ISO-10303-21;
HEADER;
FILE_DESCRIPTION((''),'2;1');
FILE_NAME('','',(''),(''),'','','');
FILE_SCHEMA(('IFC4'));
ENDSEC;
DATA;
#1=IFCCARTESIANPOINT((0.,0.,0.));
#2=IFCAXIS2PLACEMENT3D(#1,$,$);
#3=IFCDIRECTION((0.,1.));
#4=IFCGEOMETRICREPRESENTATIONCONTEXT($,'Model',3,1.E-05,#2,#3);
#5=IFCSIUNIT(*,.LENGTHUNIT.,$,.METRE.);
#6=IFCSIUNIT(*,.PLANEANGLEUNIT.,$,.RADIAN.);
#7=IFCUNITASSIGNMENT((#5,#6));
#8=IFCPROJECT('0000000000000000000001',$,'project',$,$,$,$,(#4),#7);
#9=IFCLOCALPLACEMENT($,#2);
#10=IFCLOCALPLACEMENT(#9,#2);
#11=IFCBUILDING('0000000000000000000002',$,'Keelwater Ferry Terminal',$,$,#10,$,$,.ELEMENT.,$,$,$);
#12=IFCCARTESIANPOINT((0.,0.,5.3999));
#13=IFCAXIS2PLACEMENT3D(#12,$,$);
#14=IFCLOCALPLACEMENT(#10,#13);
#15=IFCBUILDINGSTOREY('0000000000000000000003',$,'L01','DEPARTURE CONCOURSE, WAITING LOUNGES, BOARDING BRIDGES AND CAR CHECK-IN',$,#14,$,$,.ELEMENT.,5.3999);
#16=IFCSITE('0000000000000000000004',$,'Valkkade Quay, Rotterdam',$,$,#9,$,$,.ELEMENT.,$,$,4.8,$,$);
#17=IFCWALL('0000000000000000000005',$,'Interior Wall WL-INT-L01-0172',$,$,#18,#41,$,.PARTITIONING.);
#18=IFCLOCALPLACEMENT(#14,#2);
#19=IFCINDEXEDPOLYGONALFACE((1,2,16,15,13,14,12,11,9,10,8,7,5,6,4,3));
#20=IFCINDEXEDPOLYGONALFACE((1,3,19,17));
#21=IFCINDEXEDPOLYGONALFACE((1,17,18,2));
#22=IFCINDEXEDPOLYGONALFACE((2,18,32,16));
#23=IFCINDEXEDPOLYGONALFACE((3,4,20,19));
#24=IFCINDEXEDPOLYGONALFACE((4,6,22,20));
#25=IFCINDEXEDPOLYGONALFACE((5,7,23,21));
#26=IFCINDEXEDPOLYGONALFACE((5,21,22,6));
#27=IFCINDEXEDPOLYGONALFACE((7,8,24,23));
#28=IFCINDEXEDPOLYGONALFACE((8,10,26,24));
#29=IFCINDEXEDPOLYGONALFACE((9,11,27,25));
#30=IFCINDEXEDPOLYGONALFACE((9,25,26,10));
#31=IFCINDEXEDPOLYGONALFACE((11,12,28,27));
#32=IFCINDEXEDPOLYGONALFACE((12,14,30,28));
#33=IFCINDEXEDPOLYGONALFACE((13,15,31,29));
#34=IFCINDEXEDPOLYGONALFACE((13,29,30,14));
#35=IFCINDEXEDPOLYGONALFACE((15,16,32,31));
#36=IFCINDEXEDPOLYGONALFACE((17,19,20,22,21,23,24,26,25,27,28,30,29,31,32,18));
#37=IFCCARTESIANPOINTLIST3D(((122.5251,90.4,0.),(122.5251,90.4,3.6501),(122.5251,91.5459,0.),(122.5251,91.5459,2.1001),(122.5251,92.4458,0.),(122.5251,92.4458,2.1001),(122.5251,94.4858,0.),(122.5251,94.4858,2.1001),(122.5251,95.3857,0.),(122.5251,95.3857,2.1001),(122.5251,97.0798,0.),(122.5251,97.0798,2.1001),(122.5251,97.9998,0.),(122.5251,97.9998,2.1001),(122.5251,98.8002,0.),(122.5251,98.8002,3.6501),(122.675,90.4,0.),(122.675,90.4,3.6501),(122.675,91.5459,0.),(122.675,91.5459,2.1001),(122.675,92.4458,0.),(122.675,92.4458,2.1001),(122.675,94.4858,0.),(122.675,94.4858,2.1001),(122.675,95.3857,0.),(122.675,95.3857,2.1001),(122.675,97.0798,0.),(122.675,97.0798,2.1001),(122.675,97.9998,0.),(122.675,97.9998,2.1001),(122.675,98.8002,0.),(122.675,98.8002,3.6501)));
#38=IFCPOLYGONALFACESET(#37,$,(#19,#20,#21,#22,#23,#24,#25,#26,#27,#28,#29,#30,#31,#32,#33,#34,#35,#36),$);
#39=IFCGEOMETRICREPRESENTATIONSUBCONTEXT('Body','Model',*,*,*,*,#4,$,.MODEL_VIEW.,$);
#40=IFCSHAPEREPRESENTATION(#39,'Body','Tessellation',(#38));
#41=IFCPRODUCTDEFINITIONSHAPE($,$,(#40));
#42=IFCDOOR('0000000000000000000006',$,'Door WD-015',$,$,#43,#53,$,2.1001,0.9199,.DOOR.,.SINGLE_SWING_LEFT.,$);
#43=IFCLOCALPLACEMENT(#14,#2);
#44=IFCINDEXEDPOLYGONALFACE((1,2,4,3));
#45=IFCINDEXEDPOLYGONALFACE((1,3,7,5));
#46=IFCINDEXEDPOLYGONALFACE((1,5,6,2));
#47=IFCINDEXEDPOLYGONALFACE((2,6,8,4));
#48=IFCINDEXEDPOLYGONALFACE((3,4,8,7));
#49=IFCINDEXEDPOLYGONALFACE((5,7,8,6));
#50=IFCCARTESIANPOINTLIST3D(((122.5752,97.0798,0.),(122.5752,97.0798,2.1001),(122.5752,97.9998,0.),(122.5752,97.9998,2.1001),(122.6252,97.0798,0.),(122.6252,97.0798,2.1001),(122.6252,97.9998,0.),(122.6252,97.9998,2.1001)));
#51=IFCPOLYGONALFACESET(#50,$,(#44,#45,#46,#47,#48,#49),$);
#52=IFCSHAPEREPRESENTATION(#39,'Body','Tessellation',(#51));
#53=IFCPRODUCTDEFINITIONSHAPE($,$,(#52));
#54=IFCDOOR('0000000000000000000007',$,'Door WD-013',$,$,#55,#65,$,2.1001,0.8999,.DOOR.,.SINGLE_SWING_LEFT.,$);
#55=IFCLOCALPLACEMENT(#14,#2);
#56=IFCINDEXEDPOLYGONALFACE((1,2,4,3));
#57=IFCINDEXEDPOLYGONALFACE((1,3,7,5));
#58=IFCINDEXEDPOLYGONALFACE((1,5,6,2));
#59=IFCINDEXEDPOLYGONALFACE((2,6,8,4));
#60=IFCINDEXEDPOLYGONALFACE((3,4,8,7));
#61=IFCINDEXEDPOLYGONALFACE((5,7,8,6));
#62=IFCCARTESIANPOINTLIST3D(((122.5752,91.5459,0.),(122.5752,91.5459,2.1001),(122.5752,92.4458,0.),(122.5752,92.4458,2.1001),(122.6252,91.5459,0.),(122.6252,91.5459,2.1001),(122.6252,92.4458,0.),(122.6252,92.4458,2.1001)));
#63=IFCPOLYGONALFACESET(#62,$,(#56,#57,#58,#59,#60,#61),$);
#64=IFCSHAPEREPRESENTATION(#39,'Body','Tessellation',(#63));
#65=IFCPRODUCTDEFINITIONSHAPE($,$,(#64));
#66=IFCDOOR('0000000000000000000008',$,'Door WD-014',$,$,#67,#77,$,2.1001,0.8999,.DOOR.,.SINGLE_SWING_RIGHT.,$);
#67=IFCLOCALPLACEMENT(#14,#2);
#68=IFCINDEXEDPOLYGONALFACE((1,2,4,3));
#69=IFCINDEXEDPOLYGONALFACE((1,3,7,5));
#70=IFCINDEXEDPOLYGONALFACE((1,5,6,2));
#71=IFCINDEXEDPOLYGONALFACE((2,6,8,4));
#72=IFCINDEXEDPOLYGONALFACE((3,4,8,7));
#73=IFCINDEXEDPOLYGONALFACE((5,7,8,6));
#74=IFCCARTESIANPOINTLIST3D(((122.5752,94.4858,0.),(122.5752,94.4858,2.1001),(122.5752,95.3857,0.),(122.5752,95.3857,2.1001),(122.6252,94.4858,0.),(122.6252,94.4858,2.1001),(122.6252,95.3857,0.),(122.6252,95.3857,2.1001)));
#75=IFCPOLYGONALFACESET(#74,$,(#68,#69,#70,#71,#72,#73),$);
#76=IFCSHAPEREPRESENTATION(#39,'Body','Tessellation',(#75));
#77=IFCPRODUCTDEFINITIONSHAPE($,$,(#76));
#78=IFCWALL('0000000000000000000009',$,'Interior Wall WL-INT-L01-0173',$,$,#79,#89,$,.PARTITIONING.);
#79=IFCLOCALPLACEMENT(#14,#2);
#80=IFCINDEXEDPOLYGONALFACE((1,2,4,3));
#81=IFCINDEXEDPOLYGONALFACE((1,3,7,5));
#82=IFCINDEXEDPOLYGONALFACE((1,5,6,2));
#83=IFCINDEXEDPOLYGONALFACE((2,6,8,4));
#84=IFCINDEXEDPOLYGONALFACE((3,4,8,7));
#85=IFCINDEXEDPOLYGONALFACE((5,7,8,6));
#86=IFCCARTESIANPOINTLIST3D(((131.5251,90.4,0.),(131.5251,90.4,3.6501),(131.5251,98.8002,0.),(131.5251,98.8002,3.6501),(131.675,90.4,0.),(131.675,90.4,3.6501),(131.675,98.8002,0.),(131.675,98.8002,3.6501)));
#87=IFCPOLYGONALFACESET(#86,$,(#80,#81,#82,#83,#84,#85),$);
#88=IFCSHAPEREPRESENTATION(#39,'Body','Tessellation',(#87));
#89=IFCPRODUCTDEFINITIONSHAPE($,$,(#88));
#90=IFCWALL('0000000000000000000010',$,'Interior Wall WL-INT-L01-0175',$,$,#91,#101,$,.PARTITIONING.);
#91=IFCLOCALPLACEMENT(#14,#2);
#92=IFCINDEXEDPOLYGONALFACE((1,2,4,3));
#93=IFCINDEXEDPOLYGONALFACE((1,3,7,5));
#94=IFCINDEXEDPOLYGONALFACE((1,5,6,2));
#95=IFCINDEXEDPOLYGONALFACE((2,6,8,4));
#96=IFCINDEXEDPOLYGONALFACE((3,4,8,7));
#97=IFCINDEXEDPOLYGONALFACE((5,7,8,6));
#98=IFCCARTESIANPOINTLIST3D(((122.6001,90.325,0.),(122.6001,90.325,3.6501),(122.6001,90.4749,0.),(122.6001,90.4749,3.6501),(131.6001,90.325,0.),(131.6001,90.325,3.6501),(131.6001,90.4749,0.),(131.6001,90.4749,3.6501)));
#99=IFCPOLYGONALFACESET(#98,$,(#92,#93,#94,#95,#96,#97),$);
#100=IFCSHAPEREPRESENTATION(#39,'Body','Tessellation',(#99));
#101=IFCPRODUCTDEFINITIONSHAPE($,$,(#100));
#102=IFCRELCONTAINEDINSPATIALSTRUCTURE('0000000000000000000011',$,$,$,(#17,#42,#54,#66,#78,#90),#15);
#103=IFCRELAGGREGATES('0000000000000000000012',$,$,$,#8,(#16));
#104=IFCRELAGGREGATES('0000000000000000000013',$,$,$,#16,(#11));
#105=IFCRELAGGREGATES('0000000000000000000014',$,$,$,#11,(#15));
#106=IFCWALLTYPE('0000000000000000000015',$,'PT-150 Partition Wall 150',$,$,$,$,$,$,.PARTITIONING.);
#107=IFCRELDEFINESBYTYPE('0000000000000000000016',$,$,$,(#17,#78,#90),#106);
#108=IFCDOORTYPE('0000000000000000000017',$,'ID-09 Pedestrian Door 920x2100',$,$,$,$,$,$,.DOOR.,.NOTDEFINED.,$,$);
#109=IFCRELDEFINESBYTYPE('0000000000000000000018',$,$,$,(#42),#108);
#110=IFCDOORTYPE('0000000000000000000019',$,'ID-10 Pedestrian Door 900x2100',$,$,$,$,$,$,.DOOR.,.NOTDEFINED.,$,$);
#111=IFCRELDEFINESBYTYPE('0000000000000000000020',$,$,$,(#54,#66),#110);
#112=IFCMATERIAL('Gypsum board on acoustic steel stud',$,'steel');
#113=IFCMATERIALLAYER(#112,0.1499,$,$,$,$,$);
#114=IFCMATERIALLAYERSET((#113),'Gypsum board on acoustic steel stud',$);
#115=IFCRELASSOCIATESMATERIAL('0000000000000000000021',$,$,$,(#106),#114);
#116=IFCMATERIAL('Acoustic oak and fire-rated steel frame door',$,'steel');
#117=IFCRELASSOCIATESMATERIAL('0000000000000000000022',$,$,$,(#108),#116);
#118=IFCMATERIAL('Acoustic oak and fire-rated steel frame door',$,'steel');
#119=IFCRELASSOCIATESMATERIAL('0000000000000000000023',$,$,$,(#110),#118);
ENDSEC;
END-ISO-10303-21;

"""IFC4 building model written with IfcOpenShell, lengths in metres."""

from ifc_helpers import new_model, si_unit, direction, frame, frame_2d, origin, place, context, subcontext, project, spatial, rectangle, extrude, material, layer, layer_set, type_object, element, fill, save


model = new_model("IFC4")

# Units and contexts
model_context = context("Model", 3, precision=1e-05, world=origin(), true_north=direction((0.0, 1.0)))
body_context = subcontext(model_context, "Body", "Model", "MODEL_VIEW")
ifc_project = project(units=[si_unit("LENGTHUNIT", "METRE"), si_unit("PLANEANGLEUNIT", "RADIAN")], contexts=[model_context])

# Site, building, storey
site_placement = place(None, origin())
site = spatial("IfcSite", under=ifc_project, at=site_placement, Name="Valkkade Quay, Rotterdam", CompositionType="ELEMENT", RefElevation=4.8)
building_placement = place(site_placement, origin())
building = spatial("IfcBuilding", under=site, at=building_placement, Name="Keelwater Ferry Terminal", CompositionType="ELEMENT")
storey_placement = place(building_placement, frame((0.0, 0.0, 5.3999)))
storey = spatial("IfcBuildingStorey", under=building, at=storey_placement, Name="L01", Description="DEPARTURE CONCOURSE, WAITING LOUNGES, BOARDING BRIDGES AND CAR CHECK-IN", CompositionType="ELEMENT", Elevation=5.3999)

# Wall, openings, doors
ifc_material_1 = material(Name="Gypsum board on acoustic steel stud", Category="steel")
ifc_layer_1 = layer(ifc_material_1, 0.1499)
ifc_layer_set_1 = layer_set([ifc_layer_1], Name="Gypsum board on acoustic steel stud")
wall_type_1 = type_object("IfcWallType", Name="PT-150 Partition Wall 150", PredefinedType="PARTITIONING", material=ifc_layer_set_1)
wall_1_placement = place(storey_placement, frame((122.6001, 90.3999, 0.0), z_axis=(0.0, 0.0, 1.0), x_axis=(0.0, 1.0, 0.0)))
wall_1 = element("IfcWall", 1, at=wall_1_placement, inside=storey, type_object=wall_type_1, Name="Interior Wall WL-INT-L01-0172", PredefinedType="PARTITIONING", context=body_context, shape_type="SweptSolid", body=[
    extrude(rectangle(XDim=8.4001, YDim=0.1499, at=frame_2d((4.2002, 0.0))), origin(), (0.0, 0.0, 1.0), 3.6501),
])
opening_1_placement = place(wall_1_placement, frame((1.146, 0.0, 0.0)))
opening_1 = element("IfcOpeningElement", 2, at=opening_1_placement, cuts=wall_1, PredefinedType="OPENING", context=body_context, shape_type="SweptSolid", body=[
    extrude(rectangle(XDim=0.8999, YDim=2.1001, at=frame_2d((0.45, 1.05))), frame((0.0, 0.085, 0.0), z_axis=(0.0, -1.0, 0.0), x_axis=(1.0, 0.0, 0.0)), (0.0, 0.0, 1.0), 0.1699),
])
opening_2_placement = place(wall_1_placement, frame((4.0859, 0.0, 0.0)))
opening_2 = element("IfcOpeningElement", 3, at=opening_2_placement, cuts=wall_1, PredefinedType="OPENING", context=body_context, shape_type="SweptSolid", body=[
    extrude(rectangle(XDim=0.8999, YDim=2.1001, at=frame_2d((0.45, 1.05))), frame((0.0, 0.085, 0.0), z_axis=(0.0, -1.0, 0.0), x_axis=(1.0, 0.0, 0.0)), (0.0, 0.0, 1.0), 0.1699),
])
opening_3_placement = place(wall_1_placement, frame((6.6799, 0.0, 0.0)))
opening_3 = element("IfcOpeningElement", 4, at=opening_3_placement, cuts=wall_1, PredefinedType="OPENING", context=body_context, shape_type="SweptSolid", body=[
    extrude(rectangle(XDim=0.9199, YDim=2.1001, at=frame_2d((0.46, 1.05))), frame((0.0, 0.085, 0.0), z_axis=(0.0, -1.0, 0.0), x_axis=(1.0, 0.0, 0.0)), (0.0, 0.0, 1.0), 0.1699),
])
ifc_material_2 = material(Name="Acoustic oak and fire-rated steel frame door", Category="steel")
door_type_1 = type_object("IfcDoorType", Name="ID-09 Pedestrian Door 920x2100", OperationType="NOTDEFINED", PredefinedType="DOOR", material=ifc_material_2)
door_1_placement = place(opening_3_placement, origin())
door_1 = element("IfcDoor", 5, at=door_1_placement, inside=storey, type_object=door_type_1, Name="Door WD-015", OperationType="SINGLE_SWING_LEFT", OverallHeight=2.1001, OverallWidth=0.9199, PredefinedType="DOOR", context=body_context, shape_type="SweptSolid", body=[
    extrude(rectangle(XDim=0.9199, YDim=2.1001, at=frame_2d((0.46, 1.05))), frame((0.0, 0.0249, 0.0), z_axis=(0.0, -1.0, 0.0), x_axis=(1.0, 0.0, 0.0)), (0.0, 0.0, 1.0), 0.05),
])
fill(opening_3, door_1)
ifc_material_3 = material(Name="Acoustic oak and fire-rated steel frame door", Category="steel")
door_type_2 = type_object("IfcDoorType", Name="ID-10 Pedestrian Door 900x2100", OperationType="NOTDEFINED", PredefinedType="DOOR", material=ifc_material_3)
door_2_placement = place(opening_1_placement, origin())
door_2 = element("IfcDoor", 6, at=door_2_placement, inside=storey, type_object=door_type_2, Name="Door WD-013", OperationType="SINGLE_SWING_LEFT", OverallHeight=2.1001, OverallWidth=0.8999, PredefinedType="DOOR", context=body_context, shape_type="SweptSolid", body=[
    extrude(rectangle(XDim=0.8999, YDim=2.1001, at=frame_2d((0.45, 1.05))), frame((0.0, 0.0249, 0.0), z_axis=(0.0, -1.0, 0.0), x_axis=(1.0, 0.0, 0.0)), (0.0, 0.0, 1.0), 0.05),
])
fill(opening_1, door_2)
door_3_placement = place(opening_2_placement, origin())
door_3 = element("IfcDoor", 7, at=door_3_placement, inside=storey, type_object=door_type_2, Name="Door WD-014", OperationType="SINGLE_SWING_RIGHT", OverallHeight=2.1001, OverallWidth=0.8999, PredefinedType="DOOR", context=body_context, shape_type="SweptSolid", body=[
    extrude(rectangle(XDim=0.8999, YDim=2.1001, at=frame_2d((0.45, 1.05))), frame((0.0, 0.0249, 0.0), z_axis=(0.0, -1.0, 0.0), x_axis=(1.0, 0.0, 0.0)), (0.0, 0.0, 1.0), 0.05),
])
fill(opening_2, door_3)

# Walls
wall_2_placement = place(storey_placement, frame((131.6001, 90.3999, 0.0), z_axis=(0.0, 0.0, 1.0), x_axis=(0.0, 1.0, 0.0)))
element("IfcWall", 8, at=wall_2_placement, inside=storey, type_object=wall_type_1, Name="Interior Wall WL-INT-L01-0173", PredefinedType="PARTITIONING", context=body_context, shape_type="SweptSolid", body=[
    extrude(rectangle(XDim=8.4001, YDim=0.1499, at=frame_2d((4.2002, 0.0))), origin(), (0.0, 0.0, 1.0), 3.6501),
])
wall_3_placement = place(storey_placement, frame((122.6001, 90.3999, 0.0), z_axis=(0.0, 0.0, 1.0), x_axis=(1.0, 0.0, 0.0)))
element("IfcWall", 9, at=wall_3_placement, inside=storey, type_object=wall_type_1, Name="Interior Wall WL-INT-L01-0175", PredefinedType="PARTITIONING", context=body_context, shape_type="SweptSolid", body=[
    extrude(rectangle(XDim=9.0, YDim=0.1499, at=frame_2d((4.5, 0.0))), origin(), (0.0, 0.0, 1.0), 3.6501),
])

save(model, "model.ifc")
